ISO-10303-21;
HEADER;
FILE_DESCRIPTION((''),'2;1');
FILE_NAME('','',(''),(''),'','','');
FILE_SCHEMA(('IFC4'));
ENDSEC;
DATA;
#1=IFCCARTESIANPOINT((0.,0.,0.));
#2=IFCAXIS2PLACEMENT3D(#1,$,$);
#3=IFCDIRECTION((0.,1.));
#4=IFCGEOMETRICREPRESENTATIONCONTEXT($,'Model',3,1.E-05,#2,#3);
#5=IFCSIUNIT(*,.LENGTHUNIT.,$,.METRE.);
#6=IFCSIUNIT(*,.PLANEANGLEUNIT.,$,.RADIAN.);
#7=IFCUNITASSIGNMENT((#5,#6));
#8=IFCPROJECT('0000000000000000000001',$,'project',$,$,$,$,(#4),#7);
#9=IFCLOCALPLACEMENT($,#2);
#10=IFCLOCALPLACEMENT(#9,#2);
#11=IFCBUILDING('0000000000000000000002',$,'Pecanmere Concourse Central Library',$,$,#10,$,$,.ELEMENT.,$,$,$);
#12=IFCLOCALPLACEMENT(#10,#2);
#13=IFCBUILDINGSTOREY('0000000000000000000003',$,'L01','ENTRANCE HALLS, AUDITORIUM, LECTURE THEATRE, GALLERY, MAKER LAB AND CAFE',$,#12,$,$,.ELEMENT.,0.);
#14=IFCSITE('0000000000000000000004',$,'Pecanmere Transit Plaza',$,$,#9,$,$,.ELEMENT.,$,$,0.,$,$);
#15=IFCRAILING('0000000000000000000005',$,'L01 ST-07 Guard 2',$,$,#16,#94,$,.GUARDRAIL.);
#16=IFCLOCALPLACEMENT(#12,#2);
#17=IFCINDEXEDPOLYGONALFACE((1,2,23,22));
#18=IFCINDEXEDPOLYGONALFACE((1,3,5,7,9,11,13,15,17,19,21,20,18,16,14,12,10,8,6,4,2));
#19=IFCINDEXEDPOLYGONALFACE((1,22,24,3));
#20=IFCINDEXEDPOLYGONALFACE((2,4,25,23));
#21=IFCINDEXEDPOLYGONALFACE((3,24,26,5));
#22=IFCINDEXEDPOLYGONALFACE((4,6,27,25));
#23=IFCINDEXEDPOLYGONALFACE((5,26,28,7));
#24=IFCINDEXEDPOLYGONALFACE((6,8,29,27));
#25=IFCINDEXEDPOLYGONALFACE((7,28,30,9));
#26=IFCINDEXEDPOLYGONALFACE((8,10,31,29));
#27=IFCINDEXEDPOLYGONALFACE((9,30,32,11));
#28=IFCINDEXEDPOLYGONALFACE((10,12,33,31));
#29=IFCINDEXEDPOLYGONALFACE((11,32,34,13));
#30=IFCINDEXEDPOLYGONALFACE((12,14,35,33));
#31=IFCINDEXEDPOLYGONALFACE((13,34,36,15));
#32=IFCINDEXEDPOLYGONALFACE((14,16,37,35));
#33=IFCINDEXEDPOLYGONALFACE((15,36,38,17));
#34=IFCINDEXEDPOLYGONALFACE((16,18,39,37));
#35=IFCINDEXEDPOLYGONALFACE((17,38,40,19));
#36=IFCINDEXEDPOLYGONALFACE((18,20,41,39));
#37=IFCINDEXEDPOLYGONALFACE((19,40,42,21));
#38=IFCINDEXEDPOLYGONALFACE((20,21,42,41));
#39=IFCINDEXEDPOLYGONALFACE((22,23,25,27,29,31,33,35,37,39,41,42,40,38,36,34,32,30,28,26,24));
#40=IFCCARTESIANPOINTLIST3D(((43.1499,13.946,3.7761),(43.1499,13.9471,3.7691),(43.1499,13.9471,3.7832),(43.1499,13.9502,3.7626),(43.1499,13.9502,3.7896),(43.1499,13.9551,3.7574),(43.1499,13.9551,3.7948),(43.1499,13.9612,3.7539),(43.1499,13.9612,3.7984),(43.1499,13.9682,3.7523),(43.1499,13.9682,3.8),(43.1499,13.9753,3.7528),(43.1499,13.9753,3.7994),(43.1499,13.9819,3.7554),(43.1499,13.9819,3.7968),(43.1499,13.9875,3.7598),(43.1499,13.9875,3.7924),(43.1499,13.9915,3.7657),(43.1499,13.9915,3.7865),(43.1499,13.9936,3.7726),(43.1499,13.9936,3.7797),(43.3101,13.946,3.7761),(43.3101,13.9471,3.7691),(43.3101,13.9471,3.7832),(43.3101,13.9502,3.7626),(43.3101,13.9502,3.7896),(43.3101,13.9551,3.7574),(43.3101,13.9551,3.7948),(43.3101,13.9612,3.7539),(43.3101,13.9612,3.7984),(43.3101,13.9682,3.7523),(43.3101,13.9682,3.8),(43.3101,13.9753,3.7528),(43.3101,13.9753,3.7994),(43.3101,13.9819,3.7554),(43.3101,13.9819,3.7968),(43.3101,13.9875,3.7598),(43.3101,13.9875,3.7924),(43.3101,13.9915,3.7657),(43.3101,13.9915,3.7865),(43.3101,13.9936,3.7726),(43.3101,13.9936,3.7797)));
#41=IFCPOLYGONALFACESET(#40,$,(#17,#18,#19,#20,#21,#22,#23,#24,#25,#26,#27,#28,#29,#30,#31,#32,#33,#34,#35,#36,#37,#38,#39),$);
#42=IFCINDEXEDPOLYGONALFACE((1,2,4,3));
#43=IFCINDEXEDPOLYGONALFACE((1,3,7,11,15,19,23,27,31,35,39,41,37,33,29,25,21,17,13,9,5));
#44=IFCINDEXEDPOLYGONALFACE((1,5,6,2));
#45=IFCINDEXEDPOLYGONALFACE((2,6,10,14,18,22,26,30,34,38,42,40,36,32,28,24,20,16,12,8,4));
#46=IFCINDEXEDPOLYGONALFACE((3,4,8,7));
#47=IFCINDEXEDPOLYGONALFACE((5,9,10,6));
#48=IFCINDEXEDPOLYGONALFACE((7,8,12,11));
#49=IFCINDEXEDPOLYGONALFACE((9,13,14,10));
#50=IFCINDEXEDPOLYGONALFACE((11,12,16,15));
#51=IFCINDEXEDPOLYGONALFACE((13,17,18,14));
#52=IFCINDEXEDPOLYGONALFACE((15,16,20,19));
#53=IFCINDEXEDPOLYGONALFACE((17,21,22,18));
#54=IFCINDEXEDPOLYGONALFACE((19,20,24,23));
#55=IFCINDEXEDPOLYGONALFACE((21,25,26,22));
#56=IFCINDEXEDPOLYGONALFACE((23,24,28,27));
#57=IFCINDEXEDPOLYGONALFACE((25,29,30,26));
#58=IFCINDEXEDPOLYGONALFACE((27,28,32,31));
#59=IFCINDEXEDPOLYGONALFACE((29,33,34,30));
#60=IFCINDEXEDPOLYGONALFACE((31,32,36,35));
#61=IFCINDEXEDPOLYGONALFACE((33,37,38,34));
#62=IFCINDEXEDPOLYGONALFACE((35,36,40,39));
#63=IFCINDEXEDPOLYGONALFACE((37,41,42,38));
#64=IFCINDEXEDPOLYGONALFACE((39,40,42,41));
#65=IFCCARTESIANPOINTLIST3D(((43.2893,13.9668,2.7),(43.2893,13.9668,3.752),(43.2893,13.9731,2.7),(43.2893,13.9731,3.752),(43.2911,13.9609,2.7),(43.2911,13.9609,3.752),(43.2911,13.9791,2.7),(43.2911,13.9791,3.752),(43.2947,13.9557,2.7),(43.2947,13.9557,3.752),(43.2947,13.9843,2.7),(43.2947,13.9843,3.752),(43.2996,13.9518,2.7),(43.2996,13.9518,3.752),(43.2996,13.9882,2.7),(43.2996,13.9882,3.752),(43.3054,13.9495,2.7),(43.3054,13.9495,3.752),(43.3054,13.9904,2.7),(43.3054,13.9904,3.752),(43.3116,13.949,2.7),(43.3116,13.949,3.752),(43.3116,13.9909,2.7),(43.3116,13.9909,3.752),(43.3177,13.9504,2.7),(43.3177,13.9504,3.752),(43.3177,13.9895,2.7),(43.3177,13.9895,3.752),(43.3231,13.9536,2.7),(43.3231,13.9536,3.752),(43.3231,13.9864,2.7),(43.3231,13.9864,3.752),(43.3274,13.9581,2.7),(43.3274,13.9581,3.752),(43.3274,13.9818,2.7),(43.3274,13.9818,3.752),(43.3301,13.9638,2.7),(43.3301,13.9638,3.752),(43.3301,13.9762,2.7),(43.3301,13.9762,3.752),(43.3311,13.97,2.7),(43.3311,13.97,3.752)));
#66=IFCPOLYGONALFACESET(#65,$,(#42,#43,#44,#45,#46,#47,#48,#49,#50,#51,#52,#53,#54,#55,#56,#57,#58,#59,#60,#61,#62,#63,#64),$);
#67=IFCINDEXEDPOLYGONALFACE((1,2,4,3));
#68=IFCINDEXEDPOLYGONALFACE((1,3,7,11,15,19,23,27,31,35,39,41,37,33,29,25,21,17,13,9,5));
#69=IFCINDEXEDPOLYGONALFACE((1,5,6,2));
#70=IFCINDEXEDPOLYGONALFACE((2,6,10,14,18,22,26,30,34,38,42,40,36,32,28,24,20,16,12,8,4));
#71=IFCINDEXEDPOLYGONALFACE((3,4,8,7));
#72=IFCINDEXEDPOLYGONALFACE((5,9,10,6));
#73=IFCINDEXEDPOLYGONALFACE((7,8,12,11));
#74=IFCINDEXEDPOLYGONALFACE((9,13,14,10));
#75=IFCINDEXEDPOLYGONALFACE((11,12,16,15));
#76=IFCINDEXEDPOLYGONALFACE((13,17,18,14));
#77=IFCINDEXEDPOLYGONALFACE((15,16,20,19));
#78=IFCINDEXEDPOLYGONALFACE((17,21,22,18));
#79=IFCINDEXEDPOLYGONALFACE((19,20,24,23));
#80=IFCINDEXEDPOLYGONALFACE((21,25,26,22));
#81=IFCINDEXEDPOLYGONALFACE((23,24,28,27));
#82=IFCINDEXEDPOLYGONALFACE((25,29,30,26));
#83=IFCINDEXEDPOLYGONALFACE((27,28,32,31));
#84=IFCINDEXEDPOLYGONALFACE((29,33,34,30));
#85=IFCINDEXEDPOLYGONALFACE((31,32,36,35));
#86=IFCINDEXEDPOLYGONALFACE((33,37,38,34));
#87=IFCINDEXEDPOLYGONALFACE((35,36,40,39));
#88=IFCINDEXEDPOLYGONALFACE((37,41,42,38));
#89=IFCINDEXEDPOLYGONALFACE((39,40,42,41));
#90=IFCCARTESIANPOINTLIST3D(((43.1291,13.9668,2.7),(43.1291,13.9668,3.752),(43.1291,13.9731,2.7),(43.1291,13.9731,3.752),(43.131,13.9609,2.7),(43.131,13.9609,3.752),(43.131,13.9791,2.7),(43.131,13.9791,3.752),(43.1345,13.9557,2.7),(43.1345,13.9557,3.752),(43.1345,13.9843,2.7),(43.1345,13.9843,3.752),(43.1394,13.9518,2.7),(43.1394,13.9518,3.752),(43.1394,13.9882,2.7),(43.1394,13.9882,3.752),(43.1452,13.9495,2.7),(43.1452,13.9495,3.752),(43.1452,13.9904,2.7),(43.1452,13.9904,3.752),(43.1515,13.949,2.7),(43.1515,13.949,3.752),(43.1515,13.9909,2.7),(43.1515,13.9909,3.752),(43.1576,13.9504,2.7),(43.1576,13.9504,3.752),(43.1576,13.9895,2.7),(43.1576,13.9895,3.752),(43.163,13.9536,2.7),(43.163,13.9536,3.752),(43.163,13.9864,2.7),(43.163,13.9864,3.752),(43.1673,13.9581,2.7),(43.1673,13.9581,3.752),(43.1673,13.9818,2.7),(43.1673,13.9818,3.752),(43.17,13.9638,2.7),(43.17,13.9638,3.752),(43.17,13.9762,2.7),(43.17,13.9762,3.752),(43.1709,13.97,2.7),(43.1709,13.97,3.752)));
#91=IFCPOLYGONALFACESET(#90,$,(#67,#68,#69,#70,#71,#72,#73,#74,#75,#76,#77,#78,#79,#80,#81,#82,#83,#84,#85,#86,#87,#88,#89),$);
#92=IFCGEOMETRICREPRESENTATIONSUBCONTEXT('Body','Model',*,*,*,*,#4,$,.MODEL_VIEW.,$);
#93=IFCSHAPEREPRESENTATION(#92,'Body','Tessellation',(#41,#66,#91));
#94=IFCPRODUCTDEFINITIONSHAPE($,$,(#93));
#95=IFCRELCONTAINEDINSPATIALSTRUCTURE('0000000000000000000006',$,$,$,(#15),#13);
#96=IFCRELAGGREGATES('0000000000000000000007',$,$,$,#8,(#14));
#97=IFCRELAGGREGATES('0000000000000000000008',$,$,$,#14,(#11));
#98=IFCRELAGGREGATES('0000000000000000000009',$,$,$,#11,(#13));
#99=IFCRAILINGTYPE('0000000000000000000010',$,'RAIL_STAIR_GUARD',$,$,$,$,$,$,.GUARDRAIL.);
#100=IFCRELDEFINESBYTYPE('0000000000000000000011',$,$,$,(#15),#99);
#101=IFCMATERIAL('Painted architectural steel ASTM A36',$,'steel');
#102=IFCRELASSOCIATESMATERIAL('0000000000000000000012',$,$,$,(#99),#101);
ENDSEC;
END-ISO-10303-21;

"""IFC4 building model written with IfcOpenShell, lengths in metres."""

from ifc_helpers import new_model, si_unit, direction, frame, origin, origin_2d, place, context, subcontext, project, spatial, circle, extrude, material, type_object, element, save


model = new_model("IFC4")

# Units and contexts
model_context = context("Model", 3, precision=1e-05, world=origin(), true_north=direction((0.0, 1.0)))
body_context = subcontext(model_context, "Body", "Model", "MODEL_VIEW")
ifc_project = project(units=[si_unit("LENGTHUNIT", "METRE"), si_unit("PLANEANGLEUNIT", "RADIAN")], contexts=[model_context])

# Site, building, storey
site_placement = place(None, origin())
site = spatial("IfcSite", under=ifc_project, at=site_placement, Name="Pecanmere Transit Plaza", CompositionType="ELEMENT", RefElevation=0.0)
building_placement = place(site_placement, origin())
building = spatial("IfcBuilding", under=site, at=building_placement, Name="Pecanmere Concourse Central Library", CompositionType="ELEMENT")
storey_placement = place(building_placement, origin())
storey = spatial("IfcBuildingStorey", under=building, at=storey_placement, Name="L01", Description="ENTRANCE HALLS, AUDITORIUM, LECTURE THEATRE, GALLERY, MAKER LAB AND CAFE", CompositionType="ELEMENT", Elevation=0.0)

# Railing
ifc_material_1 = material(Name="Painted architectural steel ASTM A36", Category="steel")
railing_type_1 = type_object("IfcRailingType", Name="RAIL_STAIR_GUARD", PredefinedType="GUARDRAIL", material=ifc_material_1)
railing_1_placement = place(storey_placement, frame((43.3101, 13.97, 2.7)))
element("IfcRailing", 1, at=railing_1_placement, inside=storey, type_object=railing_type_1, Name="L01 ST-07 Guard 2", PredefinedType="GUARDRAIL", context=body_context, shape_type="SweptSolid", body=[
    extrude(circle(Radius=0.0239, at=origin_2d()), frame((0.0, 0.0, 1.0762), z_axis=(-1.0, 0.0, 0.0), x_axis=(0.0, -1.0, 0.0)), (0.0, 0.0, 1.0), 0.1602),
    extrude(circle(Radius=0.021, at=origin_2d()), origin(), (0.0, 0.0, 1.0), 1.052),
    extrude(circle(Radius=0.021, at=origin_2d()), frame((-0.1602, 0.0, 0.0)), (0.0, 0.0, 1.0), 1.052),
])

save(model, "model.ifc")
